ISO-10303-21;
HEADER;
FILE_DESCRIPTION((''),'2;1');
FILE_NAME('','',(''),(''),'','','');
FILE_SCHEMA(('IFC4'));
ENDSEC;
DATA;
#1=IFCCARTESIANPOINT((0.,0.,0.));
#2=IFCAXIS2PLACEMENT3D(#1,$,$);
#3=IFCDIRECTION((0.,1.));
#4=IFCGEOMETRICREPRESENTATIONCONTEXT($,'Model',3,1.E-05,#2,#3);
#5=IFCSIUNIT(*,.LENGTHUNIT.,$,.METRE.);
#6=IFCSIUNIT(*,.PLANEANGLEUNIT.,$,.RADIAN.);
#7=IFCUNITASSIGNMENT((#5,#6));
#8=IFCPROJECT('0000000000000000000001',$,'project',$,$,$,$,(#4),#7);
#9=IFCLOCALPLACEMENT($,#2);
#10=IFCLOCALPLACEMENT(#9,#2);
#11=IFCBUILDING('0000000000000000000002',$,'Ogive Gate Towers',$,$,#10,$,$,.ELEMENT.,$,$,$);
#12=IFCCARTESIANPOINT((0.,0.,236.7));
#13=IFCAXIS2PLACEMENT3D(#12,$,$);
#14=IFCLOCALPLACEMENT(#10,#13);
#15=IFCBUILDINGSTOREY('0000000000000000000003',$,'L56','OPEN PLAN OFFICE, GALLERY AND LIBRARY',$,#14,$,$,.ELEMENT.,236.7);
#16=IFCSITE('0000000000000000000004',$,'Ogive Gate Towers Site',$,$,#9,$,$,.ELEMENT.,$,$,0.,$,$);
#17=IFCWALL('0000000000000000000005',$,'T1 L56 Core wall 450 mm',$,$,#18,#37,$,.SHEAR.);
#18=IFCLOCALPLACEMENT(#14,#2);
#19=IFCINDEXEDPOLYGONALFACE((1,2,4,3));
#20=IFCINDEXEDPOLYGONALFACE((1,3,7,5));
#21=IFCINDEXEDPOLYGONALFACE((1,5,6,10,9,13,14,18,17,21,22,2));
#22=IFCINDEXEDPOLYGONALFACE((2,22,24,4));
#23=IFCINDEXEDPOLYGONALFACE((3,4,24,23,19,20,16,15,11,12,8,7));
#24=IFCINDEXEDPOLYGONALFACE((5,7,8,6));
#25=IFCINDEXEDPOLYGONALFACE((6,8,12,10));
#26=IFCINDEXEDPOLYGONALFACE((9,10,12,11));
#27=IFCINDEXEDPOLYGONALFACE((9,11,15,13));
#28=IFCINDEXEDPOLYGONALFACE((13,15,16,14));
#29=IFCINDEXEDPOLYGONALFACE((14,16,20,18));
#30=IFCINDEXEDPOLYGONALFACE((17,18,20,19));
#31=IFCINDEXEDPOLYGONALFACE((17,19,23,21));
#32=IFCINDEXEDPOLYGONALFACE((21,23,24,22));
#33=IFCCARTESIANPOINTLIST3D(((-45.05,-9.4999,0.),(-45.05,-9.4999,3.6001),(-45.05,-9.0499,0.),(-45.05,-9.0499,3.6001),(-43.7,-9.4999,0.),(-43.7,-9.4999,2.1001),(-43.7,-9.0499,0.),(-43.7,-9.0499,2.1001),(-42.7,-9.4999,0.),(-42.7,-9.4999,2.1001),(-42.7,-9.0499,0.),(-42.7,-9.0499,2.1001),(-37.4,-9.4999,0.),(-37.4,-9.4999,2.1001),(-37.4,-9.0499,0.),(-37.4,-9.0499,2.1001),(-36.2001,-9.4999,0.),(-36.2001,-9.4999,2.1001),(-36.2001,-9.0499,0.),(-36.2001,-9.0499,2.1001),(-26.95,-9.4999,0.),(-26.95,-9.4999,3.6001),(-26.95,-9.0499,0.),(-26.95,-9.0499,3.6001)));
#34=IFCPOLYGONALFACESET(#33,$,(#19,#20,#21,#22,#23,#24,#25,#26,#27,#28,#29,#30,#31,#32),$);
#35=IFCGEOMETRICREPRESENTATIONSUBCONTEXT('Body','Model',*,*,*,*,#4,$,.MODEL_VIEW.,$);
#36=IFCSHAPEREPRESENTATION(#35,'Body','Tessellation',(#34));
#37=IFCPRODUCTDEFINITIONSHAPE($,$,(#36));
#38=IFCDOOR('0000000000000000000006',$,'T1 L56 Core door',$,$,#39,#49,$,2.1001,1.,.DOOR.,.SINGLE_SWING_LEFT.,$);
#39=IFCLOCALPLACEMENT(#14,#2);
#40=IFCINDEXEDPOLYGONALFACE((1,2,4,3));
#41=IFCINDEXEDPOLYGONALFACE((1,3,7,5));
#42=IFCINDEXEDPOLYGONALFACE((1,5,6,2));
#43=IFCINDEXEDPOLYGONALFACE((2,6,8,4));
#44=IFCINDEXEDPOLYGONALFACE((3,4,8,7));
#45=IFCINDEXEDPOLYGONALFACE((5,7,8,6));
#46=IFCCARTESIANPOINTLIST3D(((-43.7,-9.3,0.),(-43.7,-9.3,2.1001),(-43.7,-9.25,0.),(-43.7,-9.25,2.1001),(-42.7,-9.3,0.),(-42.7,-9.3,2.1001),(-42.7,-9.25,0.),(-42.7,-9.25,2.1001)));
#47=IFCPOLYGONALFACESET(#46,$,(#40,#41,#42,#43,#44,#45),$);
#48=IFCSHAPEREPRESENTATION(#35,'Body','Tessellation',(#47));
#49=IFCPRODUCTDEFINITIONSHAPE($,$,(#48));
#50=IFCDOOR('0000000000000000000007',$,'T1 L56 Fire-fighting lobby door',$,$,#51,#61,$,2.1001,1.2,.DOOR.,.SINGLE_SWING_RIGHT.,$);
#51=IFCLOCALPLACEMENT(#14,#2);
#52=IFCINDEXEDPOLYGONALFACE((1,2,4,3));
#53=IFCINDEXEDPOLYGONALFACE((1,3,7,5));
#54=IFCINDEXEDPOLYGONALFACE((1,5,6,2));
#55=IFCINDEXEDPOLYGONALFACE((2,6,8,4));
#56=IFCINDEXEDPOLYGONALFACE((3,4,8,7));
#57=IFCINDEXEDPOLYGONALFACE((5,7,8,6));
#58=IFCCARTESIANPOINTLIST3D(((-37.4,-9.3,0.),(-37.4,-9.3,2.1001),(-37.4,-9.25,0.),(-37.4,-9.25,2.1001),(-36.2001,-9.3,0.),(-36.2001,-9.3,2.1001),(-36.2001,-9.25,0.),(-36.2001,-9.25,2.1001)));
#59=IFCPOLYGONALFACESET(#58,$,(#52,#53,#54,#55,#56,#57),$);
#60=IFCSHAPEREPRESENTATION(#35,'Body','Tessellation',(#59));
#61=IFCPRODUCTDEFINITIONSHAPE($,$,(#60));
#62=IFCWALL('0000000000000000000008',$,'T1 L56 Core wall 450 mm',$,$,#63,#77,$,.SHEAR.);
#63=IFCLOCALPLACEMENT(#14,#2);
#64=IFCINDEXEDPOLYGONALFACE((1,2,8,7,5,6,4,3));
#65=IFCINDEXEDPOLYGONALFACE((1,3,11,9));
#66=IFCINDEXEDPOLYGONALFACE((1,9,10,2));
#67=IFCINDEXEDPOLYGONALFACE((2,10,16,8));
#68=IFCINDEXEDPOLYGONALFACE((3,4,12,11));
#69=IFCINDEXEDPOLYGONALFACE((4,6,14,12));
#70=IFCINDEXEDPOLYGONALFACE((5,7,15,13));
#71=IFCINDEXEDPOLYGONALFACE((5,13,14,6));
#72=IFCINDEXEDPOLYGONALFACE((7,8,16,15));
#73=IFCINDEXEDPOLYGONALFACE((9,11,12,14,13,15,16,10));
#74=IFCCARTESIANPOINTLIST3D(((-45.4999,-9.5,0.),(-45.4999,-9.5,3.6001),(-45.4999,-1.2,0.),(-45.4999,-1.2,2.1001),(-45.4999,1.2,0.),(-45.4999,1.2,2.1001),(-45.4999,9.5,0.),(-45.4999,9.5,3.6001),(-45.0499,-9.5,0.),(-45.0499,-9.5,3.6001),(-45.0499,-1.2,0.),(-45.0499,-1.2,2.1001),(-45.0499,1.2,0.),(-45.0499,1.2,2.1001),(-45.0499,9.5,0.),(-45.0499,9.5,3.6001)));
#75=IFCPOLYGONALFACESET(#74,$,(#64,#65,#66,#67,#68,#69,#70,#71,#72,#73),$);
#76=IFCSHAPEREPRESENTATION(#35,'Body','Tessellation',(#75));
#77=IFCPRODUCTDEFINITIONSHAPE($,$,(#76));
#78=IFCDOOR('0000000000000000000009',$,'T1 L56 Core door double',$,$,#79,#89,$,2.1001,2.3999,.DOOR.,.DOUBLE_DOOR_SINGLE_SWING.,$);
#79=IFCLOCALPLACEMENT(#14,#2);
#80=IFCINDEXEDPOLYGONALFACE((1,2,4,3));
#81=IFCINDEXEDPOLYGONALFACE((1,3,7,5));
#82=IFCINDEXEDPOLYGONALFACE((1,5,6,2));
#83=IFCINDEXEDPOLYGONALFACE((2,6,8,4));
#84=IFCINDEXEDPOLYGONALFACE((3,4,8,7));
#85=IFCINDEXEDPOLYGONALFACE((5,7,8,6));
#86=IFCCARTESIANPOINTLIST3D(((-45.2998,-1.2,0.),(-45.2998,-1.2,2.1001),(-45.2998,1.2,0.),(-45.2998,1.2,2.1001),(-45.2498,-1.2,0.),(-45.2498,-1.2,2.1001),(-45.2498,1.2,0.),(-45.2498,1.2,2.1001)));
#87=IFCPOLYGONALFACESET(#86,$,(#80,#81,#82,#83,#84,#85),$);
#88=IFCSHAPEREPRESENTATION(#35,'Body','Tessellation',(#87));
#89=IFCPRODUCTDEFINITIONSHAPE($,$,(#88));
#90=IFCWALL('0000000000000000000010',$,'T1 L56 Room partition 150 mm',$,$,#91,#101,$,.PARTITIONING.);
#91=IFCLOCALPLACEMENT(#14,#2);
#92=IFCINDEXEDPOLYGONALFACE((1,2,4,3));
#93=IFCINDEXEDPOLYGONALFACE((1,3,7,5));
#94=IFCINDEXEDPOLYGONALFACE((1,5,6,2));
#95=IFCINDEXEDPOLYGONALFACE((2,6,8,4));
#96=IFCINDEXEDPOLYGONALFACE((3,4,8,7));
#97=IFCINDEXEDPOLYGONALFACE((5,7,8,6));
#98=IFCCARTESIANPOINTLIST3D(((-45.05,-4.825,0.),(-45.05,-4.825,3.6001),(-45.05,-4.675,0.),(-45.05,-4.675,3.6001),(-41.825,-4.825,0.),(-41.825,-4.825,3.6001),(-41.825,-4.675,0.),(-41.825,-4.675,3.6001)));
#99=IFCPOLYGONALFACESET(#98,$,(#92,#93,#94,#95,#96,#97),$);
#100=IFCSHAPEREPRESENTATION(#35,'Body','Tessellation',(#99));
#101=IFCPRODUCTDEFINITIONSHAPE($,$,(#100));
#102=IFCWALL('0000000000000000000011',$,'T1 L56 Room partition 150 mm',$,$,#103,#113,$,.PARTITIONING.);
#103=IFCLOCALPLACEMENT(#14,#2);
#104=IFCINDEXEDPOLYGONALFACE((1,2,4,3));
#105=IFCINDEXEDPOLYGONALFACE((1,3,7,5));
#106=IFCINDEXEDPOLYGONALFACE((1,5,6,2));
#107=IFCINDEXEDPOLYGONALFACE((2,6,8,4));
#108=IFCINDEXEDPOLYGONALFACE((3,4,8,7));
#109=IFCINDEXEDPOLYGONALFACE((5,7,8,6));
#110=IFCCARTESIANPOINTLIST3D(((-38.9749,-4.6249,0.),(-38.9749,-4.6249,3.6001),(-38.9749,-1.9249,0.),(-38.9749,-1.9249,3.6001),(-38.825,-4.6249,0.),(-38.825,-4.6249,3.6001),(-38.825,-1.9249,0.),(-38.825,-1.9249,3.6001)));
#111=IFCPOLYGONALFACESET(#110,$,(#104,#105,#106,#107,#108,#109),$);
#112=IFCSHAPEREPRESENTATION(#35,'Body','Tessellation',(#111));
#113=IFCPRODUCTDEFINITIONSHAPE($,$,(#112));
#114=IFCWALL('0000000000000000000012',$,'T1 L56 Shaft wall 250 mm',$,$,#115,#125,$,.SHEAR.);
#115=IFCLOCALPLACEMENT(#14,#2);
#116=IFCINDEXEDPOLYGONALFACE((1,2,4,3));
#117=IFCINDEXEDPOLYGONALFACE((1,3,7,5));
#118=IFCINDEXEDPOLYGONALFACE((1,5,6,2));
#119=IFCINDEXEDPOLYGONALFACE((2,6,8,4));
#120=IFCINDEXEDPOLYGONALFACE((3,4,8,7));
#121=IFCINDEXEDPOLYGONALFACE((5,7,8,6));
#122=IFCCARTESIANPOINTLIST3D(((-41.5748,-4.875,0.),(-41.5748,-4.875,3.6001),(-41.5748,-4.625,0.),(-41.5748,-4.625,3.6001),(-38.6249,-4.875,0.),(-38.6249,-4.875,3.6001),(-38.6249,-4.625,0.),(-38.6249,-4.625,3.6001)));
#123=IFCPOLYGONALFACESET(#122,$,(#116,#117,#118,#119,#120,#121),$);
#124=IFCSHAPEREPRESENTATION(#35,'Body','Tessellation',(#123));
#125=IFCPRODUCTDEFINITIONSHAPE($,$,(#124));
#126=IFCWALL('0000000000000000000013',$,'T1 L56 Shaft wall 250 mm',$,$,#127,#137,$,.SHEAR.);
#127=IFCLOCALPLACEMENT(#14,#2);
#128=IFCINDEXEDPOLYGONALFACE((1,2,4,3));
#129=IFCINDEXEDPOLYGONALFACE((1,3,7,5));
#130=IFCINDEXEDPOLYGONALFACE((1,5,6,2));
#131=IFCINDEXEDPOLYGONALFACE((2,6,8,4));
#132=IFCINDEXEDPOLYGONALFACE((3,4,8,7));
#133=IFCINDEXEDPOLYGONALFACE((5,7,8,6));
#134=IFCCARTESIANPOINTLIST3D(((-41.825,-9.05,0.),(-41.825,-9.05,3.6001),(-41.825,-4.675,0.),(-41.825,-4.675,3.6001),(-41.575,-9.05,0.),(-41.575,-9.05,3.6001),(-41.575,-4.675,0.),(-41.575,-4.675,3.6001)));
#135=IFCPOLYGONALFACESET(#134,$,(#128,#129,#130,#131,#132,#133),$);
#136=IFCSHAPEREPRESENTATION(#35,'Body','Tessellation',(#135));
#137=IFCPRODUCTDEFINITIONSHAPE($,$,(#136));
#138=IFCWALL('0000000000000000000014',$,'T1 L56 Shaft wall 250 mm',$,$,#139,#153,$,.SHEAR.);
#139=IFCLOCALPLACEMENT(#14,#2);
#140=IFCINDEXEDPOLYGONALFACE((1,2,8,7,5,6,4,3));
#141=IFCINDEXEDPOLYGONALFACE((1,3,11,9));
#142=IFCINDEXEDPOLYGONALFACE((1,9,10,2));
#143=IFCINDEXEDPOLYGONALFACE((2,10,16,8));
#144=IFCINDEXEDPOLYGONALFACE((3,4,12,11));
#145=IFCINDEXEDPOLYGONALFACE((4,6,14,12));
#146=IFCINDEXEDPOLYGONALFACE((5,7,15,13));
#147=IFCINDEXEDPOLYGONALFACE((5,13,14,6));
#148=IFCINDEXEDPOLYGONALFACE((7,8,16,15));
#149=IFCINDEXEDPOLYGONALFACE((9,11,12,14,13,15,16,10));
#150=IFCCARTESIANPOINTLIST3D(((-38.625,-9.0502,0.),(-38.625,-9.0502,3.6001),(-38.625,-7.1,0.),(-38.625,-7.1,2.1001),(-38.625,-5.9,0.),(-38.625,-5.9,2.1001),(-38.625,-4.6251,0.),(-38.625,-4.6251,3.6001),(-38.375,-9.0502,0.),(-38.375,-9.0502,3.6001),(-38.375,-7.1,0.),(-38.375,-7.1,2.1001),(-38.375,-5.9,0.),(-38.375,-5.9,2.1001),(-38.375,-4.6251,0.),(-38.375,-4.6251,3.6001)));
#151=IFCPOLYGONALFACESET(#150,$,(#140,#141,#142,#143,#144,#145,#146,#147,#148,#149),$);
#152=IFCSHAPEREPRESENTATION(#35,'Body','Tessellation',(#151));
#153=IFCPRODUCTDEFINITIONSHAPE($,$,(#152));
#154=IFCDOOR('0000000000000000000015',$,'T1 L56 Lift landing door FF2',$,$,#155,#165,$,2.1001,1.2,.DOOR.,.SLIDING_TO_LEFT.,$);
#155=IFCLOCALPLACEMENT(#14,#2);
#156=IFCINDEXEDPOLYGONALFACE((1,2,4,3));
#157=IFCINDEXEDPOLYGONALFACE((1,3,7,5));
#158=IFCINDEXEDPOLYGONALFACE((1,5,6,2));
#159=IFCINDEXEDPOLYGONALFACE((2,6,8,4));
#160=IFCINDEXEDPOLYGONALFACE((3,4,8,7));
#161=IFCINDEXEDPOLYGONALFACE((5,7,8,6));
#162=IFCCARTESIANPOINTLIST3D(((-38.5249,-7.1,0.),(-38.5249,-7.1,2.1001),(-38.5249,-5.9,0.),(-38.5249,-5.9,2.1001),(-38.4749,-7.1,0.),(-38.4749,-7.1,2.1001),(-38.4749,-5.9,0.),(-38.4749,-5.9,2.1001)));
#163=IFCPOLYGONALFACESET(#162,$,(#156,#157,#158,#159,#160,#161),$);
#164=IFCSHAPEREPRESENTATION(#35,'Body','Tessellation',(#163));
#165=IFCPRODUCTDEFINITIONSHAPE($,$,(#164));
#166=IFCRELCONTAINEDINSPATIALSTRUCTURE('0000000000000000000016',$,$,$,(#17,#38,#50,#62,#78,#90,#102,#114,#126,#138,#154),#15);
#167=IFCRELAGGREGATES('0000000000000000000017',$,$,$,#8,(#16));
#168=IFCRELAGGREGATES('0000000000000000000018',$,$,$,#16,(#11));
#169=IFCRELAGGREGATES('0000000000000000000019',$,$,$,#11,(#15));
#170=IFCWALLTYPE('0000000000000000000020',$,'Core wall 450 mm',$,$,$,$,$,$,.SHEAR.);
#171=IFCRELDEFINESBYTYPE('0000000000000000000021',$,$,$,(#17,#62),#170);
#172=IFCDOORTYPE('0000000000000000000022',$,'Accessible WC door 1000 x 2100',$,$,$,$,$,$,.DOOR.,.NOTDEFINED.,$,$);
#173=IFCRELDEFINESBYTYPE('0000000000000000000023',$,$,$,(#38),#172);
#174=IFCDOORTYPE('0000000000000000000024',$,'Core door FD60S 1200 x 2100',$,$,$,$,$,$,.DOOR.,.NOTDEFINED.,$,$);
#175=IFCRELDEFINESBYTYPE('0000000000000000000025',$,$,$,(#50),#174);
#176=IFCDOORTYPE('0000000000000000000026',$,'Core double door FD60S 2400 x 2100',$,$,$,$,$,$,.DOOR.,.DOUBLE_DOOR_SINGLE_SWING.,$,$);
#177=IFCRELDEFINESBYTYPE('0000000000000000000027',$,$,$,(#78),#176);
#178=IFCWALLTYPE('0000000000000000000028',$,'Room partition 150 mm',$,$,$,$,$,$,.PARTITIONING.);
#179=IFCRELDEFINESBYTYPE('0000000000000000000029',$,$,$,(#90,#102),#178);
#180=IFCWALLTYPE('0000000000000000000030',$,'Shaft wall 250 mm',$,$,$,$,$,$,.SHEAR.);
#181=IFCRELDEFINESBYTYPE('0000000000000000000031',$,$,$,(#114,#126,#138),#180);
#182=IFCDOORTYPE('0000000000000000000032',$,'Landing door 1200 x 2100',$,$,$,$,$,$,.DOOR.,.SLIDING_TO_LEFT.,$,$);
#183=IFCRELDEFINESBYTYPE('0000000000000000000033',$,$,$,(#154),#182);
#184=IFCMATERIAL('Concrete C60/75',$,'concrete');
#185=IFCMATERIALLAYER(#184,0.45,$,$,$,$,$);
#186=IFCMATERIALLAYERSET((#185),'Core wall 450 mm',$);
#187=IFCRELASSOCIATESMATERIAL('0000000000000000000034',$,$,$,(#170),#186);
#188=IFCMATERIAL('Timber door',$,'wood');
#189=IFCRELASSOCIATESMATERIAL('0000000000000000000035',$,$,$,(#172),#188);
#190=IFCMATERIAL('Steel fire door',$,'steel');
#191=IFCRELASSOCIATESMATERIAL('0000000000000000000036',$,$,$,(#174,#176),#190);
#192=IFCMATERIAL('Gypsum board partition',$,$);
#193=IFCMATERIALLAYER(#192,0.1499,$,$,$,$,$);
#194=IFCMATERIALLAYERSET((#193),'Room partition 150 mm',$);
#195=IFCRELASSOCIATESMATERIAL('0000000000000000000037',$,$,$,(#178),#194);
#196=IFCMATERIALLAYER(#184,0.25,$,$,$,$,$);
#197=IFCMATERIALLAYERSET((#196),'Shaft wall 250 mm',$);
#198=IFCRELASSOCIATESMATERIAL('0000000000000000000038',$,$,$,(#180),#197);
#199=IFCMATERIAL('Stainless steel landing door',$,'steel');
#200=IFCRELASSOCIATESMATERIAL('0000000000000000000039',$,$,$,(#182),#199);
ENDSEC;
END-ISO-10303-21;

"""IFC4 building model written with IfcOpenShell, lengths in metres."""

from ifc_helpers import new_model, si_unit, direction, frame, frame_2d, origin, place, context, subcontext, project, spatial, rectangle, extrude, material, layer, layer_set, type_object, element, fill, save


model = new_model("IFC4")

# Units and contexts
model_context = context("Model", 3, precision=1e-05, world=origin(), true_north=direction((0.0, 1.0)))
body_context = subcontext(model_context, "Body", "Model", "MODEL_VIEW")
ifc_project = project(units=[si_unit("LENGTHUNIT", "METRE"), si_unit("PLANEANGLEUNIT", "RADIAN")], contexts=[model_context])

# Site, building, storey
site_placement = place(None, origin())
site = spatial("IfcSite", under=ifc_project, at=site_placement, Name="Ogive Gate Towers Site", CompositionType="ELEMENT", RefElevation=0.0)
building_placement = place(site_placement, origin())
building = spatial("IfcBuilding", under=site, at=building_placement, Name="Ogive Gate Towers", CompositionType="ELEMENT")
storey_placement = place(building_placement, frame((0.0, 0.0, 236.7)))
storey = spatial("IfcBuildingStorey", under=building, at=storey_placement, Name="L56", Description="OPEN PLAN OFFICE, GALLERY AND LIBRARY", CompositionType="ELEMENT", Elevation=236.7)

# Shared definitions
ifc_material_1 = material(Name="Timber door", Category="wood")

# Wall, openings, doors
ifc_material_2 = material(Name="Concrete C60/75", Category="concrete")
ifc_layer_1 = layer(ifc_material_2, 0.45)
ifc_layer_set_1 = layer_set([ifc_layer_1], Name="Core wall 450 mm")
wall_type_1 = type_object("IfcWallType", Name="Core wall 450 mm", PredefinedType="SHEAR", material=ifc_layer_set_1)
wall_1_placement = place(storey_placement, frame((-45.05, -9.2749, 0.0), z_axis=(0.0, 0.0, 1.0), x_axis=(1.0, 0.0, 0.0)))
wall_1 = element("IfcWall", 1, at=wall_1_placement, inside=storey, type_object=wall_type_1, Name="T1 L56 Core wall 450 mm", PredefinedType="SHEAR", context=body_context, shape_type="SweptSolid", body=[
    extrude(rectangle(XDim=18.1001, YDim=0.45, at=frame_2d((9.05, 0.0))), origin(), (0.0, 0.0, 1.0), 3.6001),
])
opening_1_placement = place(wall_1_placement, frame((7.6499, 0.0, 0.0)))
opening_1 = element("IfcOpeningElement", 2, at=opening_1_placement, cuts=wall_1, PredefinedType="OPENING", context=body_context, shape_type="SweptSolid", body=[
    extrude(rectangle(XDim=1.2, YDim=2.1001, at=frame_2d((0.6001, 1.05))), frame((0.0, 0.2349, 0.0), z_axis=(0.0, -1.0, 0.0), x_axis=(1.0, 0.0, 0.0)), (0.0, 0.0, 1.0), 0.47),
])
opening_2_placement = place(wall_1_placement, frame((1.3501, 0.0, 0.0)))
opening_2 = element("IfcOpeningElement", 3, at=opening_2_placement, cuts=wall_1, PredefinedType="OPENING", context=body_context, shape_type="SweptSolid", body=[
    extrude(rectangle(XDim=1.0, YDim=2.1001, at=frame_2d((0.5, 1.05))), frame((0.0, 0.2349, 0.0), z_axis=(0.0, -1.0, 0.0), x_axis=(1.0, 0.0, 0.0)), (0.0, 0.0, 1.0), 0.47),
])
door_type_1 = type_object("IfcDoorType", Name="Accessible WC door 1000 x 2100", OperationType="NOTDEFINED", PredefinedType="DOOR", material=ifc_material_1)
door_1_placement = place(opening_2_placement, origin())
door_1 = element("IfcDoor", 4, at=door_1_placement, inside=storey, type_object=door_type_1, Name="T1 L56 Core door", OperationType="SINGLE_SWING_LEFT", OverallHeight=2.1001, OverallWidth=1.0, PredefinedType="DOOR", context=body_context, shape_type="SweptSolid", body=[
    extrude(rectangle(XDim=1.0, YDim=2.1001, at=frame_2d((0.5, 1.05))), frame((0.0, 0.0249, 0.0), z_axis=(0.0, -1.0, 0.0), x_axis=(1.0, 0.0, 0.0)), (0.0, 0.0, 1.0), 0.05),
])
fill(opening_2, door_1)
ifc_material_3 = material(Name="Steel fire door", Category="steel")
door_type_2 = type_object("IfcDoorType", Name="Core door FD60S 1200 x 2100", OperationType="NOTDEFINED", PredefinedType="DOOR", material=ifc_material_3)
door_2_placement = place(opening_1_placement, origin())
door_2 = element("IfcDoor", 5, at=door_2_placement, inside=storey, type_object=door_type_2, Name="T1 L56 Fire-fighting lobby door", OperationType="SINGLE_SWING_RIGHT", OverallHeight=2.1001, OverallWidth=1.2, PredefinedType="DOOR", context=body_context, shape_type="SweptSolid", body=[
    extrude(rectangle(XDim=1.2, YDim=2.1001, at=frame_2d((0.6001, 1.05))), frame((0.0, 0.0249, 0.0), z_axis=(0.0, -1.0, 0.0), x_axis=(1.0, 0.0, 0.0)), (0.0, 0.0, 1.0), 0.05),
])
fill(opening_1, door_2)

# Wall, opening, door
wall_2_placement = place(storey_placement, frame((-45.2749, -9.5, 0.0), z_axis=(0.0, 0.0, 1.0), x_axis=(0.0, 1.0, 0.0)))
wall_2 = element("IfcWall", 6, at=wall_2_placement, inside=storey, type_object=wall_type_1, Name="T1 L56 Core wall 450 mm", PredefinedType="SHEAR", context=body_context, shape_type="SweptSolid", body=[
    extrude(rectangle(XDim=19.0, YDim=0.45, at=frame_2d((9.5, 0.0))), origin(), (0.0, 0.0, 1.0), 3.6001),
])
opening_3_placement = place(wall_2_placement, frame((8.3, 0.0, 0.0)))
opening_3 = element("IfcOpeningElement", 7, at=opening_3_placement, cuts=wall_2, PredefinedType="OPENING", context=body_context, shape_type="SweptSolid", body=[
    extrude(rectangle(XDim=2.3999, YDim=2.1001, at=frame_2d((1.2, 1.05))), frame((0.0, 0.2349, 0.0), z_axis=(0.0, -1.0, 0.0), x_axis=(1.0, 0.0, 0.0)), (0.0, 0.0, 1.0), 0.47),
])
door_type_3 = type_object("IfcDoorType", Name="Core double door FD60S 2400 x 2100", OperationType="DOUBLE_DOOR_SINGLE_SWING", PredefinedType="DOOR", material=ifc_material_3)
door_3_placement = place(opening_3_placement, origin())
door_3 = element("IfcDoor", 8, at=door_3_placement, inside=storey, type_object=door_type_3, Name="T1 L56 Core door double", OperationType="DOUBLE_DOOR_SINGLE_SWING", OverallHeight=2.1001, OverallWidth=2.3999, PredefinedType="DOOR", context=body_context, shape_type="SweptSolid", body=[
    extrude(rectangle(XDim=2.3999, YDim=2.1001, at=frame_2d((1.2, 1.05))), frame((0.0, 0.0249, 0.0), z_axis=(0.0, -1.0, 0.0), x_axis=(1.0, 0.0, 0.0)), (0.0, 0.0, 1.0), 0.05),
])
fill(opening_3, door_3)

# Walls
ifc_material_4 = material(Name="Gypsum board partition")
ifc_layer_2 = layer(ifc_material_4, 0.1499)
ifc_layer_set_2 = layer_set([ifc_layer_2], Name="Room partition 150 mm")
wall_type_2 = type_object("IfcWallType", Name="Room partition 150 mm", PredefinedType="PARTITIONING", material=ifc_layer_set_2)
wall_3_placement = place(storey_placement, frame((-45.05, -4.75, 0.0), z_axis=(0.0, 0.0, 1.0), x_axis=(1.0, 0.0, 0.0)))
element("IfcWall", 9, at=wall_3_placement, inside=storey, type_object=wall_type_2, Name="T1 L56 Room partition 150 mm", PredefinedType="PARTITIONING", context=body_context, shape_type="SweptSolid", body=[
    extrude(rectangle(XDim=3.2251, YDim=0.1499, at=frame_2d((1.6125, 0.0))), origin(), (0.0, 0.0, 1.0), 3.6001),
])
wall_4_placement = place(storey_placement, frame((-38.8999, -4.625, 0.0), z_axis=(0.0, 0.0, 1.0), x_axis=(0.0, 1.0, 0.0)))
element("IfcWall", 10, at=wall_4_placement, inside=storey, type_object=wall_type_2, Name="T1 L56 Room partition 150 mm", PredefinedType="PARTITIONING", context=body_context, shape_type="SweptSolid", body=[
    extrude(rectangle(XDim=2.7, YDim=0.1499, at=frame_2d((1.3501, 0.0))), origin(), (0.0, 0.0, 1.0), 3.6001),
])
ifc_layer_3 = layer(ifc_material_2, 0.25)
ifc_layer_set_3 = layer_set([ifc_layer_3], Name="Shaft wall 250 mm")
wall_type_3 = type_object("IfcWallType", Name="Shaft wall 250 mm", PredefinedType="SHEAR", material=ifc_layer_set_3)
wall_5_placement = place(storey_placement, frame((-41.575, -4.75, 0.0), z_axis=(0.0, 0.0, 1.0), x_axis=(1.0, 0.0, 0.0)))
element("IfcWall", 11, at=wall_5_placement, inside=storey, type_object=wall_type_3, Name="T1 L56 Shaft wall 250 mm", PredefinedType="SHEAR", context=body_context, shape_type="SweptSolid", body=[
    extrude(rectangle(XDim=2.95, YDim=0.25, at=frame_2d((1.4751, 0.0))), origin(), (0.0, 0.0, 1.0), 3.6001),
])
wall_6_placement = place(storey_placement, frame((-41.7, -9.05, 0.0), z_axis=(0.0, 0.0, 1.0), x_axis=(0.0, 1.0, 0.0)))
element("IfcWall", 12, at=wall_6_placement, inside=storey, type_object=wall_type_3, Name="T1 L56 Shaft wall 250 mm", PredefinedType="SHEAR", context=body_context, shape_type="SweptSolid", body=[
    extrude(rectangle(XDim=4.375, YDim=0.25, at=frame_2d((2.1875, 0.0))), origin(), (0.0, 0.0, 1.0), 3.6001),
])

# Wall, opening, door
wall_7_placement = place(storey_placement, frame((-38.5, -9.05, 0.0), z_axis=(0.0, 0.0, 1.0), x_axis=(0.0, 1.0, 0.0)))
wall_7 = element("IfcWall", 13, at=wall_7_placement, inside=storey, type_object=wall_type_3, Name="T1 L56 Shaft wall 250 mm", PredefinedType="SHEAR", context=body_context, shape_type="SweptSolid", body=[
    extrude(rectangle(XDim=4.425, YDim=0.25, at=frame_2d((2.2124, 0.0))), origin(), (0.0, 0.0, 1.0), 3.6001),
])
opening_4_placement = place(wall_7_placement, frame((1.95, 0.0, 0.0)))
opening_4 = element("IfcOpeningElement", 14, at=opening_4_placement, cuts=wall_7, PredefinedType="OPENING", context=body_context, shape_type="SweptSolid", body=[
    extrude(rectangle(XDim=1.2, YDim=2.1001, at=frame_2d((0.6001, 1.05))), frame((0.0, 0.135, 0.0), z_axis=(0.0, -1.0, 0.0), x_axis=(1.0, 0.0, 0.0)), (0.0, 0.0, 1.0), 0.27),
])
ifc_material_5 = material(Name="Stainless steel landing door", Category="steel")
door_type_4 = type_object("IfcDoorType", Name="Landing door 1200 x 2100", OperationType="SLIDING_TO_LEFT", PredefinedType="DOOR", material=ifc_material_5)
door_4_placement = place(opening_4_placement, origin())
door_4 = element("IfcDoor", 15, at=door_4_placement, inside=storey, type_object=door_type_4, Name="T1 L56 Lift landing door FF2", OperationType="SLIDING_TO_LEFT", OverallHeight=2.1001, OverallWidth=1.2, PredefinedType="DOOR", context=body_context, shape_type="SweptSolid", body=[
    extrude(rectangle(XDim=1.2, YDim=2.1001, at=frame_2d((0.6001, 1.05))), frame((0.0, 0.0249, 0.0), z_axis=(0.0, -1.0, 0.0), x_axis=(1.0, 0.0, 0.0)), (0.0, 0.0, 1.0), 0.05),
])
fill(opening_4, door_4)

save(model, "model.ifc")
